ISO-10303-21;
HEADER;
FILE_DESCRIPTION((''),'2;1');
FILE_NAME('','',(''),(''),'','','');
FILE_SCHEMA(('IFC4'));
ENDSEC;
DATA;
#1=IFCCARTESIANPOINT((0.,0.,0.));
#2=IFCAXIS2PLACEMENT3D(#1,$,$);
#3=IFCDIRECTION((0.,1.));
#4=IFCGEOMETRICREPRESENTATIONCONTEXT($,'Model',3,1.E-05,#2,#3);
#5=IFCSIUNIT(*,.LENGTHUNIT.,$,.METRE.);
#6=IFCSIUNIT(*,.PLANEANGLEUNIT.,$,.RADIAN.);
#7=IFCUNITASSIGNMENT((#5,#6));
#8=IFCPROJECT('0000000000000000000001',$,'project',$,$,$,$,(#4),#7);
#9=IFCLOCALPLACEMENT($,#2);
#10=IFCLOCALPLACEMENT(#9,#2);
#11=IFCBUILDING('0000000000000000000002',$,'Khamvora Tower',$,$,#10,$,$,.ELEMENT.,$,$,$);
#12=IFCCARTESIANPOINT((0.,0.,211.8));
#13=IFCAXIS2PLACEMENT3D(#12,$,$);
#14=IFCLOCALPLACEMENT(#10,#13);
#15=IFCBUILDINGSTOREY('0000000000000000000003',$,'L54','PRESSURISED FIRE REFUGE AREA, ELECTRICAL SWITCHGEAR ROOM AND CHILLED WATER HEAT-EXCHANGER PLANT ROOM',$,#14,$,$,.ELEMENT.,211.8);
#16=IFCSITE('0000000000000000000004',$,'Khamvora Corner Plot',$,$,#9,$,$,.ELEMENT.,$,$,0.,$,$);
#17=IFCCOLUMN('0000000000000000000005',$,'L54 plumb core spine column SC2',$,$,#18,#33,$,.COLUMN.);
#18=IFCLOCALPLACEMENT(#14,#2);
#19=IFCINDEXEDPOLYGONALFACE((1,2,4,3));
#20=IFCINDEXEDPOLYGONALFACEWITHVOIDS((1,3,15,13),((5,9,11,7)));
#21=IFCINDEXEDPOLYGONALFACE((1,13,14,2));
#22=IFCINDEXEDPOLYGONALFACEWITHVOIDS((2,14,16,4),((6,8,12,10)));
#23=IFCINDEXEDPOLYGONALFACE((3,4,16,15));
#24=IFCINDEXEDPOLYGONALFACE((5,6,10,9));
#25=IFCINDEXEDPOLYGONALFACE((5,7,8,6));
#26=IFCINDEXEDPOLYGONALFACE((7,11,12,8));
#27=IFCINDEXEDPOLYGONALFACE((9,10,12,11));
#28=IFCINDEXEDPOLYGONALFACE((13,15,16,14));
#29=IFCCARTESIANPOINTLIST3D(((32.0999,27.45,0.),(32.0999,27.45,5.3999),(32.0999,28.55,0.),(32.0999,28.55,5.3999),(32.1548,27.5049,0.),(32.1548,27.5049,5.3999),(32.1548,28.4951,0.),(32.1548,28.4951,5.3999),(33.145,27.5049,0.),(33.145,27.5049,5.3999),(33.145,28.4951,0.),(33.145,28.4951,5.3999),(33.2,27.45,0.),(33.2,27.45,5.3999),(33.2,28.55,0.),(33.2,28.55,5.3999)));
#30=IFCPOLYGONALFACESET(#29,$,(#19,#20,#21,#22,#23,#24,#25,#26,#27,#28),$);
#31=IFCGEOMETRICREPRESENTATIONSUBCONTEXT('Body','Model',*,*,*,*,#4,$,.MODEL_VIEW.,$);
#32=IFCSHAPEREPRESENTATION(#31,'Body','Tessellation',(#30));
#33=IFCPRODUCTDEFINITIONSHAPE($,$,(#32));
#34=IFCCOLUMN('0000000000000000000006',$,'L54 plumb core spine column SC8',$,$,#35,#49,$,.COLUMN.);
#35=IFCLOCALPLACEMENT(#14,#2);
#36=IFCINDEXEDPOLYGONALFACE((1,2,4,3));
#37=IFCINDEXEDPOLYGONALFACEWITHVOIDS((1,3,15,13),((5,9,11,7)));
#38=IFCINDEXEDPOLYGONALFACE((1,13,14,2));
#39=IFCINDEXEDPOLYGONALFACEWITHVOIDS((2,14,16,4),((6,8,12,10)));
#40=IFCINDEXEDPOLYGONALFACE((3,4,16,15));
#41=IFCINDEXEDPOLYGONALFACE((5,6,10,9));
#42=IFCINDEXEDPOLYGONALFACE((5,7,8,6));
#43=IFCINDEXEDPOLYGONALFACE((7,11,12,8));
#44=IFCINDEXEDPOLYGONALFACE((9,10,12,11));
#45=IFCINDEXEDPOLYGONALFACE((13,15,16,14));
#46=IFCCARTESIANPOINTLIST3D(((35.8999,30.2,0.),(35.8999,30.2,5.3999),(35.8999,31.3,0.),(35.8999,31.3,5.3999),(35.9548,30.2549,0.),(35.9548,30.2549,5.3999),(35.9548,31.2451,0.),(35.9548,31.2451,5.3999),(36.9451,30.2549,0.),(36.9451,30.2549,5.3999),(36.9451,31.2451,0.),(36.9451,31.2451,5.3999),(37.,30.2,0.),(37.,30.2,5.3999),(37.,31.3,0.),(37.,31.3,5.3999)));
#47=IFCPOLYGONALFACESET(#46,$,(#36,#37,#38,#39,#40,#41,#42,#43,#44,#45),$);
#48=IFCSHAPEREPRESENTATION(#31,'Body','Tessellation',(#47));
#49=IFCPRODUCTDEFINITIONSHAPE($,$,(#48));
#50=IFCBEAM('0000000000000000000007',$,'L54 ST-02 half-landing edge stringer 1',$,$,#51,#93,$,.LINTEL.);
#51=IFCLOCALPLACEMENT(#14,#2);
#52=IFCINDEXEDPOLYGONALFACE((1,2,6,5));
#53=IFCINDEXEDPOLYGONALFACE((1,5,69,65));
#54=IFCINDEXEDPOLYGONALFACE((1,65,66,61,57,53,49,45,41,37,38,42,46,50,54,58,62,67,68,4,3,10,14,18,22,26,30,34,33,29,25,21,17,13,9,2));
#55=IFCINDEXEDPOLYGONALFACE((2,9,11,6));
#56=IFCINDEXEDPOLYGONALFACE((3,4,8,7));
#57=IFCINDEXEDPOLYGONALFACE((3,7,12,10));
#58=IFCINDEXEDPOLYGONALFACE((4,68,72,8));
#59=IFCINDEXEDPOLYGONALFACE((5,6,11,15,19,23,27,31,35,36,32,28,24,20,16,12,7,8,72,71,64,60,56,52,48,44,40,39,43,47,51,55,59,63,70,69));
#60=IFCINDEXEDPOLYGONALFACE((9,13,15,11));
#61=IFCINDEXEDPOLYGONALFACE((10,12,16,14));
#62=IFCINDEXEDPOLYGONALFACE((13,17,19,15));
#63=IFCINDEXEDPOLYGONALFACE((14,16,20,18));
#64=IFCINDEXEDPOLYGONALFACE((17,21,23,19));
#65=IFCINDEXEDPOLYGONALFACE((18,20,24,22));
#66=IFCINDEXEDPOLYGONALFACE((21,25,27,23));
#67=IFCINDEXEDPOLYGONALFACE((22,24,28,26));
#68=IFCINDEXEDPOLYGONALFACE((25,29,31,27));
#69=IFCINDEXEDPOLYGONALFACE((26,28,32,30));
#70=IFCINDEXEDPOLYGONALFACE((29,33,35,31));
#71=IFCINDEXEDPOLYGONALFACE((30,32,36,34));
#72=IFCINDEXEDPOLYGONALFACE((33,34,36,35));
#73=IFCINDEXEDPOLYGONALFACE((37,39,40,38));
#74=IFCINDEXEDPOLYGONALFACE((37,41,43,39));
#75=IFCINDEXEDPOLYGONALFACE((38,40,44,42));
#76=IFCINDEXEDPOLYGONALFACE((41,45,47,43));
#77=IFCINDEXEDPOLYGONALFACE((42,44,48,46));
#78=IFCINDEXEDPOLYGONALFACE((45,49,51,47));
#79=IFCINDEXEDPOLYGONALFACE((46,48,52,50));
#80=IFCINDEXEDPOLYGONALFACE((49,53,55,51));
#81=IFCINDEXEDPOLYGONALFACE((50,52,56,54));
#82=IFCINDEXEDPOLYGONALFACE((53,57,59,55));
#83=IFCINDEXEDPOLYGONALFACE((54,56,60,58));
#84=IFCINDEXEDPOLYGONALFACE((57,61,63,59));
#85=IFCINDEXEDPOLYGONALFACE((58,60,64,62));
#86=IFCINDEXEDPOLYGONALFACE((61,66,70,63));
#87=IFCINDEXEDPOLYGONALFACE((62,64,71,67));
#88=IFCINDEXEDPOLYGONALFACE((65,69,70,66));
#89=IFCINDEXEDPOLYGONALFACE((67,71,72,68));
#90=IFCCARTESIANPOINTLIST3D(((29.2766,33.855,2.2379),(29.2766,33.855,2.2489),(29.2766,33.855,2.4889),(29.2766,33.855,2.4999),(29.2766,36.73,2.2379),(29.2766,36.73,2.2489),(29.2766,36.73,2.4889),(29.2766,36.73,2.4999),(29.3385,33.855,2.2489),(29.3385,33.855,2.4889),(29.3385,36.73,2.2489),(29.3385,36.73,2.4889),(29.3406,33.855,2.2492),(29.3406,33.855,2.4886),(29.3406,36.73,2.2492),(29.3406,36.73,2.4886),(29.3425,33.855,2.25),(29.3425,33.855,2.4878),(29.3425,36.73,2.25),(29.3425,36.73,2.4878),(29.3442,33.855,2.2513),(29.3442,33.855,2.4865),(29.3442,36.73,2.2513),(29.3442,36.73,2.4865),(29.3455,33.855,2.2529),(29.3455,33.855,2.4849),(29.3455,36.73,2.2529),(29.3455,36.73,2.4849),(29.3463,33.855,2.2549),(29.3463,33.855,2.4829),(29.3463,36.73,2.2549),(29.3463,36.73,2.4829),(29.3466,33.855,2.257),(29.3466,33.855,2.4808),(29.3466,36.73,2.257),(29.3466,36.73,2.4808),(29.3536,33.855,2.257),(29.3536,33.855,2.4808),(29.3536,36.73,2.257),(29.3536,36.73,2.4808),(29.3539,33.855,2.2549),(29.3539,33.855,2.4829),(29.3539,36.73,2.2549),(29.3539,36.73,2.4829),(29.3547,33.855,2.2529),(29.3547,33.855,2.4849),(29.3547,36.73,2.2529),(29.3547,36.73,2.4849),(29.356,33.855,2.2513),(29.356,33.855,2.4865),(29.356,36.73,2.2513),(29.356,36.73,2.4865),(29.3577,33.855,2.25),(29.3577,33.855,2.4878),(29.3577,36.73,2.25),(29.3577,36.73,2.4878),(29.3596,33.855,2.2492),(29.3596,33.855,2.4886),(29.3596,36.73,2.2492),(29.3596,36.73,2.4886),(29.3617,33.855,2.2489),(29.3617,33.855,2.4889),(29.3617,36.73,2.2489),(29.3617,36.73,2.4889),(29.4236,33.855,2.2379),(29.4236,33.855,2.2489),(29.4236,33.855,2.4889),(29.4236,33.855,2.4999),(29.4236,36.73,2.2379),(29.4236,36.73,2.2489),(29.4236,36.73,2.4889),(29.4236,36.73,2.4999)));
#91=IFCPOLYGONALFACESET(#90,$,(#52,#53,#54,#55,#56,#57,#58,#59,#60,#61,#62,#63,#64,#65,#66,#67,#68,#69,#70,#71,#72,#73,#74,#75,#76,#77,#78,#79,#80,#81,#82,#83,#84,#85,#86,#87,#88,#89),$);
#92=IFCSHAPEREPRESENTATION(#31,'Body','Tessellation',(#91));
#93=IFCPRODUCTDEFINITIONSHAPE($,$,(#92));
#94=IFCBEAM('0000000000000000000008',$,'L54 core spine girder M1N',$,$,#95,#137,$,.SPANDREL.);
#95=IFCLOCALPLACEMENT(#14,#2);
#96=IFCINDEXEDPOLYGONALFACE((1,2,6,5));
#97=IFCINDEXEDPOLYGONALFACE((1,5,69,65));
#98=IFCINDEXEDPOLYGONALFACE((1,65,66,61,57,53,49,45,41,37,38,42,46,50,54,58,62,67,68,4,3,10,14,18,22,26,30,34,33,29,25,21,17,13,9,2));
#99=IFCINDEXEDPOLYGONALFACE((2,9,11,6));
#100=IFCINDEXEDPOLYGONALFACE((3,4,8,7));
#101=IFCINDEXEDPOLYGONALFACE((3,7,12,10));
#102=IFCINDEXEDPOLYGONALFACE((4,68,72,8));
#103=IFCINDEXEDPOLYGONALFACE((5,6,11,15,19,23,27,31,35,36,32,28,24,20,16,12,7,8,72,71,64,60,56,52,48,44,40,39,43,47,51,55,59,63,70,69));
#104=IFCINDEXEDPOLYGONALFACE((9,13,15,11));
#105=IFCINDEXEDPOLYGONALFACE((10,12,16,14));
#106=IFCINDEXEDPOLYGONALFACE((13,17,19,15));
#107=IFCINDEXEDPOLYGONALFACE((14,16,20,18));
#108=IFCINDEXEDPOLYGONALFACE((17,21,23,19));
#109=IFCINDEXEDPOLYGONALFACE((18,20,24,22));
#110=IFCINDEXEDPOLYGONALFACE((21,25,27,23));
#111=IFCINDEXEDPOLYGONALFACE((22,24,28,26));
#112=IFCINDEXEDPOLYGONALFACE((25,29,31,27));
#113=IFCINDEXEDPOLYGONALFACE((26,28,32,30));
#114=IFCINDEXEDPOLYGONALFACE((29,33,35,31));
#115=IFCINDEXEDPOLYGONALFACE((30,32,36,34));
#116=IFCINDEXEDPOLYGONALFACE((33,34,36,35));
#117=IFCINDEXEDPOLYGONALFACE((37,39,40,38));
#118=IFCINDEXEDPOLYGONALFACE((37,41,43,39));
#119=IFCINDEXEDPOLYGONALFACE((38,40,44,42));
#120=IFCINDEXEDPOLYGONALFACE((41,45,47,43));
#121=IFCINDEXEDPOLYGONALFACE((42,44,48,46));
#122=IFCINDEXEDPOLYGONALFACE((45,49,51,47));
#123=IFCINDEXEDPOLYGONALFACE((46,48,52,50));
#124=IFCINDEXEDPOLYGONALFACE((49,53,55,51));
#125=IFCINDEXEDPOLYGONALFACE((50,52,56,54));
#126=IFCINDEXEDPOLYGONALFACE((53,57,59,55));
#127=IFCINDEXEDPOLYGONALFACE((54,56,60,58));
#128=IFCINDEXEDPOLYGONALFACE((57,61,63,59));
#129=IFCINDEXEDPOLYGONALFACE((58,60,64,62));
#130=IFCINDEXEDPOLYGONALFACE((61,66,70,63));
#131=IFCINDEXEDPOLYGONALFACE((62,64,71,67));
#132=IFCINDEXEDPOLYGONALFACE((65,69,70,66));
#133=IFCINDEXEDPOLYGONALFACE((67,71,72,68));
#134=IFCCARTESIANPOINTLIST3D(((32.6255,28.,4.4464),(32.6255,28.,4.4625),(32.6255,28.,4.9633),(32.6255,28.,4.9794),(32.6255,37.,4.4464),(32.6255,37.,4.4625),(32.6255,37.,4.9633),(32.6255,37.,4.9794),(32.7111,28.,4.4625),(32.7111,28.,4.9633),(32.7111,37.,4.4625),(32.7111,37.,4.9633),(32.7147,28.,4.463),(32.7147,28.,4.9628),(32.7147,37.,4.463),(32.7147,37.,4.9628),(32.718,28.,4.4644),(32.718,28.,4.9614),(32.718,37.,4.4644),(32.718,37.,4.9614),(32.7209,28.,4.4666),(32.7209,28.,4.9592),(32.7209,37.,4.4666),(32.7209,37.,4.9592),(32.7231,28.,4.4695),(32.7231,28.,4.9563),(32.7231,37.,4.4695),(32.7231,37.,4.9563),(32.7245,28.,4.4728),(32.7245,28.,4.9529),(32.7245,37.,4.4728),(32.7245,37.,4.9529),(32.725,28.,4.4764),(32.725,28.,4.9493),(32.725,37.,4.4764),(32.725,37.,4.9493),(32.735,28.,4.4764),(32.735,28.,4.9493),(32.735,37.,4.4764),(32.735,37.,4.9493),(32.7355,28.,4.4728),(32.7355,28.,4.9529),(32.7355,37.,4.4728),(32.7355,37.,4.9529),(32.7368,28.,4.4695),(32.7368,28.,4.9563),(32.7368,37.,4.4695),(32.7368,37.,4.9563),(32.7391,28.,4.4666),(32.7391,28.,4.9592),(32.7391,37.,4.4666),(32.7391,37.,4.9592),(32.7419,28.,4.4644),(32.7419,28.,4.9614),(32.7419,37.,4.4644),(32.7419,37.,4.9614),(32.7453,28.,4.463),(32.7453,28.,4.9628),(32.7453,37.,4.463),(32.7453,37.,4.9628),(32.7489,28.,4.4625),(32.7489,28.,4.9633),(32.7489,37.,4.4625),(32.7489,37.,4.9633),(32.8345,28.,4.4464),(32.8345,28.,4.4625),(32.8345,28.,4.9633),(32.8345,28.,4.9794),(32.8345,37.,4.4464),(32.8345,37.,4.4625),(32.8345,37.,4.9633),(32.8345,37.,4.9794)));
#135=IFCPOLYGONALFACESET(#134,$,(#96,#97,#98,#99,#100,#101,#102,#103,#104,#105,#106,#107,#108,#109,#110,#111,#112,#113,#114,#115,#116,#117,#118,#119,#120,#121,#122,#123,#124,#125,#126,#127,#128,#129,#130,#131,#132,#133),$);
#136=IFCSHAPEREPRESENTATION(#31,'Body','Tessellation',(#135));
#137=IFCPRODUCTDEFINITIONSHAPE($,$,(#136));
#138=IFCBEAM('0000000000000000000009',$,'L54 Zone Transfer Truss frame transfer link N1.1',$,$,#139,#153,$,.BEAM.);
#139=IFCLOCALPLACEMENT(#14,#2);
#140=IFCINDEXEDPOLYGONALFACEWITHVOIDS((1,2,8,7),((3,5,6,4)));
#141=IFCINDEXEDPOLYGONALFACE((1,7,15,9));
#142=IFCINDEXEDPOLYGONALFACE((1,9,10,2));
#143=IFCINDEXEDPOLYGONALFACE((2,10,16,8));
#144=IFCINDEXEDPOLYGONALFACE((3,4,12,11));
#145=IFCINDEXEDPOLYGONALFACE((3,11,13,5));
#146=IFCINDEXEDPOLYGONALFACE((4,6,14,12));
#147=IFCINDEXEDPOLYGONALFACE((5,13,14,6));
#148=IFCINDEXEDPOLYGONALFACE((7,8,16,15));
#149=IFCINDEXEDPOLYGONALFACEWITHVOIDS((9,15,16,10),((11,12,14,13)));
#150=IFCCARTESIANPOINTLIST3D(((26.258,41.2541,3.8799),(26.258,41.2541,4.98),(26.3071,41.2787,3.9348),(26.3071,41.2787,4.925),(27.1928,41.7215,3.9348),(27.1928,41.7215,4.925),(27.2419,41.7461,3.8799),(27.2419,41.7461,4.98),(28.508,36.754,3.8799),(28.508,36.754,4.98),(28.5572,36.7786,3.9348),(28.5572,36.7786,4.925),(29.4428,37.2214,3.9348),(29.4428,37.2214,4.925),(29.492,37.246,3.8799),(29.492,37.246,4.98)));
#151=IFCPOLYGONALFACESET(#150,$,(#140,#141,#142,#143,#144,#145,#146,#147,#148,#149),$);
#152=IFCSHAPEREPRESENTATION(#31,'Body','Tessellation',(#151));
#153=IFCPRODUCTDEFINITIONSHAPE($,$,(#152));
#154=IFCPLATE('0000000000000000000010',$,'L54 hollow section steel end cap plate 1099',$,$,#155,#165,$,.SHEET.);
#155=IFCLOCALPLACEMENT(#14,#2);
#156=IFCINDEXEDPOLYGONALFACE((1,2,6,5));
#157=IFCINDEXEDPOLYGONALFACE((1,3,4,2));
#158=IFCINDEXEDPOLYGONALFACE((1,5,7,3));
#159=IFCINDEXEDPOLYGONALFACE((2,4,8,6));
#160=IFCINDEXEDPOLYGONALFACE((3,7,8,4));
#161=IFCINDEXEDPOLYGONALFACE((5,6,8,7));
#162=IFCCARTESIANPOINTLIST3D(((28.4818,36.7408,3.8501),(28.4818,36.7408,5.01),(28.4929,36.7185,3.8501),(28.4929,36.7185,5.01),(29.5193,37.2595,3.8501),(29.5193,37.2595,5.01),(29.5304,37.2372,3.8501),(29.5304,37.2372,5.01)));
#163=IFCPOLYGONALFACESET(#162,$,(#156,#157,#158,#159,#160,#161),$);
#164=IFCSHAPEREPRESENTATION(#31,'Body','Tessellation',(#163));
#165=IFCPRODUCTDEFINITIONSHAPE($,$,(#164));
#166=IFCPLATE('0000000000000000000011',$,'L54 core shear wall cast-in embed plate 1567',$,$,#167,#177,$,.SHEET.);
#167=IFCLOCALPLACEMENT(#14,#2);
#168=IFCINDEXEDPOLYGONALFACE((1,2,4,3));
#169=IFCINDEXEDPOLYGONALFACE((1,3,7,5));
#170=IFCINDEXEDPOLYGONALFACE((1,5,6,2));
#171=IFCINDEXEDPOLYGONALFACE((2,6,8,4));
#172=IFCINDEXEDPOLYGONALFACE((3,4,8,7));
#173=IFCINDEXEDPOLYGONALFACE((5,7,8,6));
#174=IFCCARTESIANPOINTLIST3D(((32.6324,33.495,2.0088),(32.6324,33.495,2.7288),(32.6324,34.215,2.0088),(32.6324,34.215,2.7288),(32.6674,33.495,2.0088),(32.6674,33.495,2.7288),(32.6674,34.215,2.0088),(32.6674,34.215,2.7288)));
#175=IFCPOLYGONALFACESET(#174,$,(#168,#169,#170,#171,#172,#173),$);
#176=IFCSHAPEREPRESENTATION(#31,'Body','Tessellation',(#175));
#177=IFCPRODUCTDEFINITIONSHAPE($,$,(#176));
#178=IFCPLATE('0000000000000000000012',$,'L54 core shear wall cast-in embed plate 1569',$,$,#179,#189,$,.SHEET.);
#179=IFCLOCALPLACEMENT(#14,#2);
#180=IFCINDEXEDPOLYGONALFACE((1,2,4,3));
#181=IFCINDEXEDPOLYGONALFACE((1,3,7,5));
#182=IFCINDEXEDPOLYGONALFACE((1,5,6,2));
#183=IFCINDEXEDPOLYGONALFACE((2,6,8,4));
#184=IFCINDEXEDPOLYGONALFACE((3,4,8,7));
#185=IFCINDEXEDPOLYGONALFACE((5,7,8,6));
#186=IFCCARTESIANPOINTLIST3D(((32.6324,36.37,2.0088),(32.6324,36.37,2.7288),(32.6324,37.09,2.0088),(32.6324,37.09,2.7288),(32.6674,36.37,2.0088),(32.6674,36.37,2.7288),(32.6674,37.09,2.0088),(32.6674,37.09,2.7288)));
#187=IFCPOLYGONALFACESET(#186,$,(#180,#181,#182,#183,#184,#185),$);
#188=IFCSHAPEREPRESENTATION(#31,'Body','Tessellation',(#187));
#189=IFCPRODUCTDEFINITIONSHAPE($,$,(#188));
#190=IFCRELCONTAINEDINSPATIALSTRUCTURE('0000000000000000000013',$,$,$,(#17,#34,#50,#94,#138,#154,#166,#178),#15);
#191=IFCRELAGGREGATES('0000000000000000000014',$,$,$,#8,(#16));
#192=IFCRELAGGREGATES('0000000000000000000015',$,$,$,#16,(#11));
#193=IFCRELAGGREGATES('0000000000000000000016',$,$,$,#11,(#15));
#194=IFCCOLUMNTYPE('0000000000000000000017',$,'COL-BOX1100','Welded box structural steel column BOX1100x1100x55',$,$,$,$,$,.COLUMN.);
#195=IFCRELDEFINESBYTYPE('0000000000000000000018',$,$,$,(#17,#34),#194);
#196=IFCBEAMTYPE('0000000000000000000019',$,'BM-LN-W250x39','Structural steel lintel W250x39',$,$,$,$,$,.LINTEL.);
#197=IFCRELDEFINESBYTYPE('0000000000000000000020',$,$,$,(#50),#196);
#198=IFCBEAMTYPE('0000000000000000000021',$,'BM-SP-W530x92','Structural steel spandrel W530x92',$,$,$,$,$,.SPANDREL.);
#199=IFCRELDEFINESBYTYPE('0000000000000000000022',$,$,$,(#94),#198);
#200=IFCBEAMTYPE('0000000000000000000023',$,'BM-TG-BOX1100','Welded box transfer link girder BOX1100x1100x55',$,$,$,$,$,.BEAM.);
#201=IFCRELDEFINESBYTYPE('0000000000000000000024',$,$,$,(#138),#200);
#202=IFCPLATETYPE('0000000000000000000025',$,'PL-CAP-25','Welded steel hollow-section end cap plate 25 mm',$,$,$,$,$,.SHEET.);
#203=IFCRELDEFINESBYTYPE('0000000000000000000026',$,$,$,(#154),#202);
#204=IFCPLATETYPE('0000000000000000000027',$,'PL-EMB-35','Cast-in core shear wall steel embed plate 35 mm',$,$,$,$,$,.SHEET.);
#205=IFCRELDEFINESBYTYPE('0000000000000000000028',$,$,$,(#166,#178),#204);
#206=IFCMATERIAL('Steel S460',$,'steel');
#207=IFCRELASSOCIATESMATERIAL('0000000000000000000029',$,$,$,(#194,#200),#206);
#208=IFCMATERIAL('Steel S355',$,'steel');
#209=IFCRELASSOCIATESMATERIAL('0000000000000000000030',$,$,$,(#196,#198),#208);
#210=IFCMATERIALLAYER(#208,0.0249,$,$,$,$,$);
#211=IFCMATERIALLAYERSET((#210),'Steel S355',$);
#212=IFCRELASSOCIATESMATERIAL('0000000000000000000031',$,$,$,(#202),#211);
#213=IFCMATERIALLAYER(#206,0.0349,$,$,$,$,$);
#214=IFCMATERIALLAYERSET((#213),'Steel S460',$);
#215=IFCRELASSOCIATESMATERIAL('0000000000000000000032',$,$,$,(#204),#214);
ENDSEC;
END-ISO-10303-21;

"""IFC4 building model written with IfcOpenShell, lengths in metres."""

from ifc_helpers import new_model, si_unit, direction, frame, origin, origin_2d, place, context, subcontext, project, spatial, rectangle, hollow_rectangle, i_section, extrude, material, layer, layer_set, material_profile, profile_set, type_object, element, save


model = new_model("IFC4")

# Units and contexts
model_context = context("Model", 3, precision=1e-05, world=origin(), true_north=direction((0.0, 1.0)))
body_context = subcontext(model_context, "Body", "Model", "MODEL_VIEW")
ifc_project = project(units=[si_unit("LENGTHUNIT", "METRE"), si_unit("PLANEANGLEUNIT", "RADIAN")], contexts=[model_context])

# Site, building, storey
site_placement = place(None, origin())
site = spatial("IfcSite", under=ifc_project, at=site_placement, Name="Khamvora Corner Plot", CompositionType="ELEMENT", RefElevation=0.0)
building_placement = place(site_placement, origin())
building = spatial("IfcBuilding", under=site, at=building_placement, Name="Khamvora Tower", CompositionType="ELEMENT")
storey_placement = place(building_placement, frame((0.0, 0.0, 211.8)))
storey = spatial("IfcBuildingStorey", under=building, at=storey_placement, Name="L54", Description="PRESSURISED FIRE REFUGE AREA, ELECTRICAL SWITCHGEAR ROOM AND CHILLED WATER HEAT-EXCHANGER PLANT ROOM", CompositionType="ELEMENT", Elevation=211.8)

# Columns
ifc_material_1 = material(Name="Steel S460", Category="steel")
ifc_material_profile_1 = material_profile(ifc_material_1, hollow_rectangle(XDim=1.1001, YDim=1.1001, WallThickness=0.0549, at=origin_2d()), Name="BOX1100x1100x55")
ifc_profile_set_1 = profile_set([ifc_material_profile_1], Name="Steel S460")
column_type = type_object("IfcColumnType", Name="COL-BOX1100", Description="Welded box structural steel column BOX1100x1100x55", PredefinedType="COLUMN", material=ifc_profile_set_1)
for number, where, z_axis, x_axis, name in (
    (1, (32.6499, 28.0, 0.0), (0.0, 0.0, 1.0), (1.0, 0.0, 0.0), "L54 plumb core spine column SC2"),
    (2, (36.45, 30.75, 0.0), (0.0, 0.0, 1.0), (1.0, 0.0, 0.0), "L54 plumb core spine column SC8"),
):
    element("IfcColumn", number, at=place(storey_placement, frame(where, z_axis=z_axis, x_axis=x_axis)), inside=storey, type_object=column_type, Name=name, PredefinedType="COLUMN", context=body_context, shape_type="SweptSolid", body=[
        extrude(hollow_rectangle(XDim=1.1001, YDim=1.1001, WallThickness=0.0549, at=origin_2d()), origin(), (0.0, 0.0, 1.0), 5.3999),
    ])

# Beams
ifc_material_2 = material(Name="Steel S355", Category="steel")
ifc_material_profile_2 = material_profile(ifc_material_2, i_section(OverallWidth=0.147, OverallDepth=0.262, WebThickness=0.0071, FlangeThickness=0.011, FilletRadius=0.0081, at=origin_2d()), Name="W250x39")
ifc_profile_set_2 = profile_set([ifc_material_profile_2], Name="Steel S355")
beam_type_1 = type_object("IfcBeamType", Name="BM-LN-W250x39", Description="Structural steel lintel W250x39", PredefinedType="LINTEL", material=ifc_profile_set_2)
beam_1_placement = place(storey_placement, frame((29.3501, 33.855, 2.3689), z_axis=(0.0, 1.0, 0.0), x_axis=(-1.0, 0.0, 0.0)))
element("IfcBeam", 3, at=beam_1_placement, inside=storey, type_object=beam_type_1, Name="L54 ST-02 half-landing edge stringer 1", PredefinedType="LINTEL", context=body_context, shape_type="SweptSolid", body=[
    extrude(i_section(OverallWidth=0.147, OverallDepth=0.262, WebThickness=0.0071, FlangeThickness=0.011, FilletRadius=0.0081, at=origin_2d()), origin(), (0.0, 0.0, 1.0), 2.875),
])
ifc_material_profile_3 = material_profile(ifc_material_2, i_section(OverallWidth=0.209, OverallDepth=0.533, WebThickness=0.01, FlangeThickness=0.0161, FilletRadius=0.0139, at=origin_2d()), Name="W530x92")
ifc_profile_set_3 = profile_set([ifc_material_profile_3], Name="Steel S355")
beam_type_2 = type_object("IfcBeamType", Name="BM-SP-W530x92", Description="Structural steel spandrel W530x92", PredefinedType="SPANDREL", material=ifc_profile_set_3)
beam_2_placement = place(storey_placement, frame((32.73, 28.0, 4.7129), z_axis=(0.0, 1.0, 0.0), x_axis=(-1.0, 0.0, 0.0)))
element("IfcBeam", 4, at=beam_2_placement, inside=storey, type_object=beam_type_2, Name="L54 core spine girder M1N", PredefinedType="SPANDREL", context=body_context, shape_type="SweptSolid", body=[
    extrude(i_section(OverallWidth=0.209, OverallDepth=0.533, WebThickness=0.01, FlangeThickness=0.0161, FilletRadius=0.0139, at=origin_2d()), origin(), (0.0, 0.0, 1.0), 9.0),
])
ifc_material_profile_4 = material_profile(ifc_material_1, hollow_rectangle(XDim=1.1001, YDim=1.1001, WallThickness=0.0549, at=origin_2d()), Name="BOX1100x1100x55")
ifc_profile_set_4 = profile_set([ifc_material_profile_4], Name="Steel S460")
beam_type_3 = type_object("IfcBeamType", Name="BM-TG-BOX1100", Description="Welded box transfer link girder BOX1100x1100x55", PredefinedType="BEAM", material=ifc_profile_set_4)
beam_3_placement = place(storey_placement, frame((29.0, 37.0, 4.4299), z_axis=(-0.447214, 0.894427, 0.0), x_axis=(-0.894427, -0.447214, 0.0)))
element("IfcBeam", 5, at=beam_3_placement, inside=storey, type_object=beam_type_3, Name="L54 Zone Transfer Truss frame transfer link N1.1", PredefinedType="BEAM", context=body_context, shape_type="SweptSolid", body=[
    extrude(hollow_rectangle(XDim=1.1001, YDim=1.1001, WallThickness=0.0549, at=origin_2d()), origin(), (0.0, 0.0, 1.0), 5.0312),
])

# Plates
ifc_layer_1 = layer(ifc_material_2, 0.0249)
ifc_layer_set_1 = layer_set([ifc_layer_1], Name="Steel S355")
plate_type_1 = type_object("IfcPlateType", Name="PL-CAP-25", Description="Welded steel hollow-section end cap plate 25 mm", PredefinedType="SHEET", material=ifc_layer_set_1)
plate_1_placement = place(storey_placement, frame((29.0061, 36.989, 3.8501), z_axis=(0.0, 0.0, 1.0), x_axis=(-0.447213, 0.894428, 0.0)))
element("IfcPlate", 6, at=plate_1_placement, inside=storey, type_object=plate_type_1, Name="L54 hollow section steel end cap plate 1099", PredefinedType="SHEET", context=body_context, shape_type="SweptSolid", body=[
    extrude(rectangle(XDim=0.0249, YDim=1.1599, at=origin_2d()), origin(), (0.0, 0.0, 1.0), 1.1599),
])
ifc_layer_2 = layer(ifc_material_1, 0.0349)
ifc_layer_set_2 = layer_set([ifc_layer_2], Name="Steel S460")
plate_type_2 = type_object("IfcPlateType", Name="PL-EMB-35", Description="Cast-in core shear wall steel embed plate 35 mm", PredefinedType="SHEET", material=ifc_layer_set_2)
for number, where, z_axis, x_axis, name in (
    (7, (32.6499, 33.855, 2.0088), (0.0, 0.0, 1.0), (1.0, 0.0, 0.0), "L54 core shear wall cast-in embed plate 1567"),
    (8, (32.6499, 36.73, 2.0088), (0.0, 0.0, 1.0), (1.0, 0.0, 0.0), "L54 core shear wall cast-in embed plate 1569"),
):
    element("IfcPlate", number, at=place(storey_placement, frame(where, z_axis=z_axis, x_axis=x_axis)), inside=storey, type_object=plate_type_2, Name=name, PredefinedType="SHEET", context=body_context, shape_type="SweptSolid", body=[
        extrude(rectangle(XDim=0.0349, YDim=0.72, at=origin_2d()), origin(), (0.0, 0.0, 1.0), 0.72),
    ])

save(model, "model.ifc")
